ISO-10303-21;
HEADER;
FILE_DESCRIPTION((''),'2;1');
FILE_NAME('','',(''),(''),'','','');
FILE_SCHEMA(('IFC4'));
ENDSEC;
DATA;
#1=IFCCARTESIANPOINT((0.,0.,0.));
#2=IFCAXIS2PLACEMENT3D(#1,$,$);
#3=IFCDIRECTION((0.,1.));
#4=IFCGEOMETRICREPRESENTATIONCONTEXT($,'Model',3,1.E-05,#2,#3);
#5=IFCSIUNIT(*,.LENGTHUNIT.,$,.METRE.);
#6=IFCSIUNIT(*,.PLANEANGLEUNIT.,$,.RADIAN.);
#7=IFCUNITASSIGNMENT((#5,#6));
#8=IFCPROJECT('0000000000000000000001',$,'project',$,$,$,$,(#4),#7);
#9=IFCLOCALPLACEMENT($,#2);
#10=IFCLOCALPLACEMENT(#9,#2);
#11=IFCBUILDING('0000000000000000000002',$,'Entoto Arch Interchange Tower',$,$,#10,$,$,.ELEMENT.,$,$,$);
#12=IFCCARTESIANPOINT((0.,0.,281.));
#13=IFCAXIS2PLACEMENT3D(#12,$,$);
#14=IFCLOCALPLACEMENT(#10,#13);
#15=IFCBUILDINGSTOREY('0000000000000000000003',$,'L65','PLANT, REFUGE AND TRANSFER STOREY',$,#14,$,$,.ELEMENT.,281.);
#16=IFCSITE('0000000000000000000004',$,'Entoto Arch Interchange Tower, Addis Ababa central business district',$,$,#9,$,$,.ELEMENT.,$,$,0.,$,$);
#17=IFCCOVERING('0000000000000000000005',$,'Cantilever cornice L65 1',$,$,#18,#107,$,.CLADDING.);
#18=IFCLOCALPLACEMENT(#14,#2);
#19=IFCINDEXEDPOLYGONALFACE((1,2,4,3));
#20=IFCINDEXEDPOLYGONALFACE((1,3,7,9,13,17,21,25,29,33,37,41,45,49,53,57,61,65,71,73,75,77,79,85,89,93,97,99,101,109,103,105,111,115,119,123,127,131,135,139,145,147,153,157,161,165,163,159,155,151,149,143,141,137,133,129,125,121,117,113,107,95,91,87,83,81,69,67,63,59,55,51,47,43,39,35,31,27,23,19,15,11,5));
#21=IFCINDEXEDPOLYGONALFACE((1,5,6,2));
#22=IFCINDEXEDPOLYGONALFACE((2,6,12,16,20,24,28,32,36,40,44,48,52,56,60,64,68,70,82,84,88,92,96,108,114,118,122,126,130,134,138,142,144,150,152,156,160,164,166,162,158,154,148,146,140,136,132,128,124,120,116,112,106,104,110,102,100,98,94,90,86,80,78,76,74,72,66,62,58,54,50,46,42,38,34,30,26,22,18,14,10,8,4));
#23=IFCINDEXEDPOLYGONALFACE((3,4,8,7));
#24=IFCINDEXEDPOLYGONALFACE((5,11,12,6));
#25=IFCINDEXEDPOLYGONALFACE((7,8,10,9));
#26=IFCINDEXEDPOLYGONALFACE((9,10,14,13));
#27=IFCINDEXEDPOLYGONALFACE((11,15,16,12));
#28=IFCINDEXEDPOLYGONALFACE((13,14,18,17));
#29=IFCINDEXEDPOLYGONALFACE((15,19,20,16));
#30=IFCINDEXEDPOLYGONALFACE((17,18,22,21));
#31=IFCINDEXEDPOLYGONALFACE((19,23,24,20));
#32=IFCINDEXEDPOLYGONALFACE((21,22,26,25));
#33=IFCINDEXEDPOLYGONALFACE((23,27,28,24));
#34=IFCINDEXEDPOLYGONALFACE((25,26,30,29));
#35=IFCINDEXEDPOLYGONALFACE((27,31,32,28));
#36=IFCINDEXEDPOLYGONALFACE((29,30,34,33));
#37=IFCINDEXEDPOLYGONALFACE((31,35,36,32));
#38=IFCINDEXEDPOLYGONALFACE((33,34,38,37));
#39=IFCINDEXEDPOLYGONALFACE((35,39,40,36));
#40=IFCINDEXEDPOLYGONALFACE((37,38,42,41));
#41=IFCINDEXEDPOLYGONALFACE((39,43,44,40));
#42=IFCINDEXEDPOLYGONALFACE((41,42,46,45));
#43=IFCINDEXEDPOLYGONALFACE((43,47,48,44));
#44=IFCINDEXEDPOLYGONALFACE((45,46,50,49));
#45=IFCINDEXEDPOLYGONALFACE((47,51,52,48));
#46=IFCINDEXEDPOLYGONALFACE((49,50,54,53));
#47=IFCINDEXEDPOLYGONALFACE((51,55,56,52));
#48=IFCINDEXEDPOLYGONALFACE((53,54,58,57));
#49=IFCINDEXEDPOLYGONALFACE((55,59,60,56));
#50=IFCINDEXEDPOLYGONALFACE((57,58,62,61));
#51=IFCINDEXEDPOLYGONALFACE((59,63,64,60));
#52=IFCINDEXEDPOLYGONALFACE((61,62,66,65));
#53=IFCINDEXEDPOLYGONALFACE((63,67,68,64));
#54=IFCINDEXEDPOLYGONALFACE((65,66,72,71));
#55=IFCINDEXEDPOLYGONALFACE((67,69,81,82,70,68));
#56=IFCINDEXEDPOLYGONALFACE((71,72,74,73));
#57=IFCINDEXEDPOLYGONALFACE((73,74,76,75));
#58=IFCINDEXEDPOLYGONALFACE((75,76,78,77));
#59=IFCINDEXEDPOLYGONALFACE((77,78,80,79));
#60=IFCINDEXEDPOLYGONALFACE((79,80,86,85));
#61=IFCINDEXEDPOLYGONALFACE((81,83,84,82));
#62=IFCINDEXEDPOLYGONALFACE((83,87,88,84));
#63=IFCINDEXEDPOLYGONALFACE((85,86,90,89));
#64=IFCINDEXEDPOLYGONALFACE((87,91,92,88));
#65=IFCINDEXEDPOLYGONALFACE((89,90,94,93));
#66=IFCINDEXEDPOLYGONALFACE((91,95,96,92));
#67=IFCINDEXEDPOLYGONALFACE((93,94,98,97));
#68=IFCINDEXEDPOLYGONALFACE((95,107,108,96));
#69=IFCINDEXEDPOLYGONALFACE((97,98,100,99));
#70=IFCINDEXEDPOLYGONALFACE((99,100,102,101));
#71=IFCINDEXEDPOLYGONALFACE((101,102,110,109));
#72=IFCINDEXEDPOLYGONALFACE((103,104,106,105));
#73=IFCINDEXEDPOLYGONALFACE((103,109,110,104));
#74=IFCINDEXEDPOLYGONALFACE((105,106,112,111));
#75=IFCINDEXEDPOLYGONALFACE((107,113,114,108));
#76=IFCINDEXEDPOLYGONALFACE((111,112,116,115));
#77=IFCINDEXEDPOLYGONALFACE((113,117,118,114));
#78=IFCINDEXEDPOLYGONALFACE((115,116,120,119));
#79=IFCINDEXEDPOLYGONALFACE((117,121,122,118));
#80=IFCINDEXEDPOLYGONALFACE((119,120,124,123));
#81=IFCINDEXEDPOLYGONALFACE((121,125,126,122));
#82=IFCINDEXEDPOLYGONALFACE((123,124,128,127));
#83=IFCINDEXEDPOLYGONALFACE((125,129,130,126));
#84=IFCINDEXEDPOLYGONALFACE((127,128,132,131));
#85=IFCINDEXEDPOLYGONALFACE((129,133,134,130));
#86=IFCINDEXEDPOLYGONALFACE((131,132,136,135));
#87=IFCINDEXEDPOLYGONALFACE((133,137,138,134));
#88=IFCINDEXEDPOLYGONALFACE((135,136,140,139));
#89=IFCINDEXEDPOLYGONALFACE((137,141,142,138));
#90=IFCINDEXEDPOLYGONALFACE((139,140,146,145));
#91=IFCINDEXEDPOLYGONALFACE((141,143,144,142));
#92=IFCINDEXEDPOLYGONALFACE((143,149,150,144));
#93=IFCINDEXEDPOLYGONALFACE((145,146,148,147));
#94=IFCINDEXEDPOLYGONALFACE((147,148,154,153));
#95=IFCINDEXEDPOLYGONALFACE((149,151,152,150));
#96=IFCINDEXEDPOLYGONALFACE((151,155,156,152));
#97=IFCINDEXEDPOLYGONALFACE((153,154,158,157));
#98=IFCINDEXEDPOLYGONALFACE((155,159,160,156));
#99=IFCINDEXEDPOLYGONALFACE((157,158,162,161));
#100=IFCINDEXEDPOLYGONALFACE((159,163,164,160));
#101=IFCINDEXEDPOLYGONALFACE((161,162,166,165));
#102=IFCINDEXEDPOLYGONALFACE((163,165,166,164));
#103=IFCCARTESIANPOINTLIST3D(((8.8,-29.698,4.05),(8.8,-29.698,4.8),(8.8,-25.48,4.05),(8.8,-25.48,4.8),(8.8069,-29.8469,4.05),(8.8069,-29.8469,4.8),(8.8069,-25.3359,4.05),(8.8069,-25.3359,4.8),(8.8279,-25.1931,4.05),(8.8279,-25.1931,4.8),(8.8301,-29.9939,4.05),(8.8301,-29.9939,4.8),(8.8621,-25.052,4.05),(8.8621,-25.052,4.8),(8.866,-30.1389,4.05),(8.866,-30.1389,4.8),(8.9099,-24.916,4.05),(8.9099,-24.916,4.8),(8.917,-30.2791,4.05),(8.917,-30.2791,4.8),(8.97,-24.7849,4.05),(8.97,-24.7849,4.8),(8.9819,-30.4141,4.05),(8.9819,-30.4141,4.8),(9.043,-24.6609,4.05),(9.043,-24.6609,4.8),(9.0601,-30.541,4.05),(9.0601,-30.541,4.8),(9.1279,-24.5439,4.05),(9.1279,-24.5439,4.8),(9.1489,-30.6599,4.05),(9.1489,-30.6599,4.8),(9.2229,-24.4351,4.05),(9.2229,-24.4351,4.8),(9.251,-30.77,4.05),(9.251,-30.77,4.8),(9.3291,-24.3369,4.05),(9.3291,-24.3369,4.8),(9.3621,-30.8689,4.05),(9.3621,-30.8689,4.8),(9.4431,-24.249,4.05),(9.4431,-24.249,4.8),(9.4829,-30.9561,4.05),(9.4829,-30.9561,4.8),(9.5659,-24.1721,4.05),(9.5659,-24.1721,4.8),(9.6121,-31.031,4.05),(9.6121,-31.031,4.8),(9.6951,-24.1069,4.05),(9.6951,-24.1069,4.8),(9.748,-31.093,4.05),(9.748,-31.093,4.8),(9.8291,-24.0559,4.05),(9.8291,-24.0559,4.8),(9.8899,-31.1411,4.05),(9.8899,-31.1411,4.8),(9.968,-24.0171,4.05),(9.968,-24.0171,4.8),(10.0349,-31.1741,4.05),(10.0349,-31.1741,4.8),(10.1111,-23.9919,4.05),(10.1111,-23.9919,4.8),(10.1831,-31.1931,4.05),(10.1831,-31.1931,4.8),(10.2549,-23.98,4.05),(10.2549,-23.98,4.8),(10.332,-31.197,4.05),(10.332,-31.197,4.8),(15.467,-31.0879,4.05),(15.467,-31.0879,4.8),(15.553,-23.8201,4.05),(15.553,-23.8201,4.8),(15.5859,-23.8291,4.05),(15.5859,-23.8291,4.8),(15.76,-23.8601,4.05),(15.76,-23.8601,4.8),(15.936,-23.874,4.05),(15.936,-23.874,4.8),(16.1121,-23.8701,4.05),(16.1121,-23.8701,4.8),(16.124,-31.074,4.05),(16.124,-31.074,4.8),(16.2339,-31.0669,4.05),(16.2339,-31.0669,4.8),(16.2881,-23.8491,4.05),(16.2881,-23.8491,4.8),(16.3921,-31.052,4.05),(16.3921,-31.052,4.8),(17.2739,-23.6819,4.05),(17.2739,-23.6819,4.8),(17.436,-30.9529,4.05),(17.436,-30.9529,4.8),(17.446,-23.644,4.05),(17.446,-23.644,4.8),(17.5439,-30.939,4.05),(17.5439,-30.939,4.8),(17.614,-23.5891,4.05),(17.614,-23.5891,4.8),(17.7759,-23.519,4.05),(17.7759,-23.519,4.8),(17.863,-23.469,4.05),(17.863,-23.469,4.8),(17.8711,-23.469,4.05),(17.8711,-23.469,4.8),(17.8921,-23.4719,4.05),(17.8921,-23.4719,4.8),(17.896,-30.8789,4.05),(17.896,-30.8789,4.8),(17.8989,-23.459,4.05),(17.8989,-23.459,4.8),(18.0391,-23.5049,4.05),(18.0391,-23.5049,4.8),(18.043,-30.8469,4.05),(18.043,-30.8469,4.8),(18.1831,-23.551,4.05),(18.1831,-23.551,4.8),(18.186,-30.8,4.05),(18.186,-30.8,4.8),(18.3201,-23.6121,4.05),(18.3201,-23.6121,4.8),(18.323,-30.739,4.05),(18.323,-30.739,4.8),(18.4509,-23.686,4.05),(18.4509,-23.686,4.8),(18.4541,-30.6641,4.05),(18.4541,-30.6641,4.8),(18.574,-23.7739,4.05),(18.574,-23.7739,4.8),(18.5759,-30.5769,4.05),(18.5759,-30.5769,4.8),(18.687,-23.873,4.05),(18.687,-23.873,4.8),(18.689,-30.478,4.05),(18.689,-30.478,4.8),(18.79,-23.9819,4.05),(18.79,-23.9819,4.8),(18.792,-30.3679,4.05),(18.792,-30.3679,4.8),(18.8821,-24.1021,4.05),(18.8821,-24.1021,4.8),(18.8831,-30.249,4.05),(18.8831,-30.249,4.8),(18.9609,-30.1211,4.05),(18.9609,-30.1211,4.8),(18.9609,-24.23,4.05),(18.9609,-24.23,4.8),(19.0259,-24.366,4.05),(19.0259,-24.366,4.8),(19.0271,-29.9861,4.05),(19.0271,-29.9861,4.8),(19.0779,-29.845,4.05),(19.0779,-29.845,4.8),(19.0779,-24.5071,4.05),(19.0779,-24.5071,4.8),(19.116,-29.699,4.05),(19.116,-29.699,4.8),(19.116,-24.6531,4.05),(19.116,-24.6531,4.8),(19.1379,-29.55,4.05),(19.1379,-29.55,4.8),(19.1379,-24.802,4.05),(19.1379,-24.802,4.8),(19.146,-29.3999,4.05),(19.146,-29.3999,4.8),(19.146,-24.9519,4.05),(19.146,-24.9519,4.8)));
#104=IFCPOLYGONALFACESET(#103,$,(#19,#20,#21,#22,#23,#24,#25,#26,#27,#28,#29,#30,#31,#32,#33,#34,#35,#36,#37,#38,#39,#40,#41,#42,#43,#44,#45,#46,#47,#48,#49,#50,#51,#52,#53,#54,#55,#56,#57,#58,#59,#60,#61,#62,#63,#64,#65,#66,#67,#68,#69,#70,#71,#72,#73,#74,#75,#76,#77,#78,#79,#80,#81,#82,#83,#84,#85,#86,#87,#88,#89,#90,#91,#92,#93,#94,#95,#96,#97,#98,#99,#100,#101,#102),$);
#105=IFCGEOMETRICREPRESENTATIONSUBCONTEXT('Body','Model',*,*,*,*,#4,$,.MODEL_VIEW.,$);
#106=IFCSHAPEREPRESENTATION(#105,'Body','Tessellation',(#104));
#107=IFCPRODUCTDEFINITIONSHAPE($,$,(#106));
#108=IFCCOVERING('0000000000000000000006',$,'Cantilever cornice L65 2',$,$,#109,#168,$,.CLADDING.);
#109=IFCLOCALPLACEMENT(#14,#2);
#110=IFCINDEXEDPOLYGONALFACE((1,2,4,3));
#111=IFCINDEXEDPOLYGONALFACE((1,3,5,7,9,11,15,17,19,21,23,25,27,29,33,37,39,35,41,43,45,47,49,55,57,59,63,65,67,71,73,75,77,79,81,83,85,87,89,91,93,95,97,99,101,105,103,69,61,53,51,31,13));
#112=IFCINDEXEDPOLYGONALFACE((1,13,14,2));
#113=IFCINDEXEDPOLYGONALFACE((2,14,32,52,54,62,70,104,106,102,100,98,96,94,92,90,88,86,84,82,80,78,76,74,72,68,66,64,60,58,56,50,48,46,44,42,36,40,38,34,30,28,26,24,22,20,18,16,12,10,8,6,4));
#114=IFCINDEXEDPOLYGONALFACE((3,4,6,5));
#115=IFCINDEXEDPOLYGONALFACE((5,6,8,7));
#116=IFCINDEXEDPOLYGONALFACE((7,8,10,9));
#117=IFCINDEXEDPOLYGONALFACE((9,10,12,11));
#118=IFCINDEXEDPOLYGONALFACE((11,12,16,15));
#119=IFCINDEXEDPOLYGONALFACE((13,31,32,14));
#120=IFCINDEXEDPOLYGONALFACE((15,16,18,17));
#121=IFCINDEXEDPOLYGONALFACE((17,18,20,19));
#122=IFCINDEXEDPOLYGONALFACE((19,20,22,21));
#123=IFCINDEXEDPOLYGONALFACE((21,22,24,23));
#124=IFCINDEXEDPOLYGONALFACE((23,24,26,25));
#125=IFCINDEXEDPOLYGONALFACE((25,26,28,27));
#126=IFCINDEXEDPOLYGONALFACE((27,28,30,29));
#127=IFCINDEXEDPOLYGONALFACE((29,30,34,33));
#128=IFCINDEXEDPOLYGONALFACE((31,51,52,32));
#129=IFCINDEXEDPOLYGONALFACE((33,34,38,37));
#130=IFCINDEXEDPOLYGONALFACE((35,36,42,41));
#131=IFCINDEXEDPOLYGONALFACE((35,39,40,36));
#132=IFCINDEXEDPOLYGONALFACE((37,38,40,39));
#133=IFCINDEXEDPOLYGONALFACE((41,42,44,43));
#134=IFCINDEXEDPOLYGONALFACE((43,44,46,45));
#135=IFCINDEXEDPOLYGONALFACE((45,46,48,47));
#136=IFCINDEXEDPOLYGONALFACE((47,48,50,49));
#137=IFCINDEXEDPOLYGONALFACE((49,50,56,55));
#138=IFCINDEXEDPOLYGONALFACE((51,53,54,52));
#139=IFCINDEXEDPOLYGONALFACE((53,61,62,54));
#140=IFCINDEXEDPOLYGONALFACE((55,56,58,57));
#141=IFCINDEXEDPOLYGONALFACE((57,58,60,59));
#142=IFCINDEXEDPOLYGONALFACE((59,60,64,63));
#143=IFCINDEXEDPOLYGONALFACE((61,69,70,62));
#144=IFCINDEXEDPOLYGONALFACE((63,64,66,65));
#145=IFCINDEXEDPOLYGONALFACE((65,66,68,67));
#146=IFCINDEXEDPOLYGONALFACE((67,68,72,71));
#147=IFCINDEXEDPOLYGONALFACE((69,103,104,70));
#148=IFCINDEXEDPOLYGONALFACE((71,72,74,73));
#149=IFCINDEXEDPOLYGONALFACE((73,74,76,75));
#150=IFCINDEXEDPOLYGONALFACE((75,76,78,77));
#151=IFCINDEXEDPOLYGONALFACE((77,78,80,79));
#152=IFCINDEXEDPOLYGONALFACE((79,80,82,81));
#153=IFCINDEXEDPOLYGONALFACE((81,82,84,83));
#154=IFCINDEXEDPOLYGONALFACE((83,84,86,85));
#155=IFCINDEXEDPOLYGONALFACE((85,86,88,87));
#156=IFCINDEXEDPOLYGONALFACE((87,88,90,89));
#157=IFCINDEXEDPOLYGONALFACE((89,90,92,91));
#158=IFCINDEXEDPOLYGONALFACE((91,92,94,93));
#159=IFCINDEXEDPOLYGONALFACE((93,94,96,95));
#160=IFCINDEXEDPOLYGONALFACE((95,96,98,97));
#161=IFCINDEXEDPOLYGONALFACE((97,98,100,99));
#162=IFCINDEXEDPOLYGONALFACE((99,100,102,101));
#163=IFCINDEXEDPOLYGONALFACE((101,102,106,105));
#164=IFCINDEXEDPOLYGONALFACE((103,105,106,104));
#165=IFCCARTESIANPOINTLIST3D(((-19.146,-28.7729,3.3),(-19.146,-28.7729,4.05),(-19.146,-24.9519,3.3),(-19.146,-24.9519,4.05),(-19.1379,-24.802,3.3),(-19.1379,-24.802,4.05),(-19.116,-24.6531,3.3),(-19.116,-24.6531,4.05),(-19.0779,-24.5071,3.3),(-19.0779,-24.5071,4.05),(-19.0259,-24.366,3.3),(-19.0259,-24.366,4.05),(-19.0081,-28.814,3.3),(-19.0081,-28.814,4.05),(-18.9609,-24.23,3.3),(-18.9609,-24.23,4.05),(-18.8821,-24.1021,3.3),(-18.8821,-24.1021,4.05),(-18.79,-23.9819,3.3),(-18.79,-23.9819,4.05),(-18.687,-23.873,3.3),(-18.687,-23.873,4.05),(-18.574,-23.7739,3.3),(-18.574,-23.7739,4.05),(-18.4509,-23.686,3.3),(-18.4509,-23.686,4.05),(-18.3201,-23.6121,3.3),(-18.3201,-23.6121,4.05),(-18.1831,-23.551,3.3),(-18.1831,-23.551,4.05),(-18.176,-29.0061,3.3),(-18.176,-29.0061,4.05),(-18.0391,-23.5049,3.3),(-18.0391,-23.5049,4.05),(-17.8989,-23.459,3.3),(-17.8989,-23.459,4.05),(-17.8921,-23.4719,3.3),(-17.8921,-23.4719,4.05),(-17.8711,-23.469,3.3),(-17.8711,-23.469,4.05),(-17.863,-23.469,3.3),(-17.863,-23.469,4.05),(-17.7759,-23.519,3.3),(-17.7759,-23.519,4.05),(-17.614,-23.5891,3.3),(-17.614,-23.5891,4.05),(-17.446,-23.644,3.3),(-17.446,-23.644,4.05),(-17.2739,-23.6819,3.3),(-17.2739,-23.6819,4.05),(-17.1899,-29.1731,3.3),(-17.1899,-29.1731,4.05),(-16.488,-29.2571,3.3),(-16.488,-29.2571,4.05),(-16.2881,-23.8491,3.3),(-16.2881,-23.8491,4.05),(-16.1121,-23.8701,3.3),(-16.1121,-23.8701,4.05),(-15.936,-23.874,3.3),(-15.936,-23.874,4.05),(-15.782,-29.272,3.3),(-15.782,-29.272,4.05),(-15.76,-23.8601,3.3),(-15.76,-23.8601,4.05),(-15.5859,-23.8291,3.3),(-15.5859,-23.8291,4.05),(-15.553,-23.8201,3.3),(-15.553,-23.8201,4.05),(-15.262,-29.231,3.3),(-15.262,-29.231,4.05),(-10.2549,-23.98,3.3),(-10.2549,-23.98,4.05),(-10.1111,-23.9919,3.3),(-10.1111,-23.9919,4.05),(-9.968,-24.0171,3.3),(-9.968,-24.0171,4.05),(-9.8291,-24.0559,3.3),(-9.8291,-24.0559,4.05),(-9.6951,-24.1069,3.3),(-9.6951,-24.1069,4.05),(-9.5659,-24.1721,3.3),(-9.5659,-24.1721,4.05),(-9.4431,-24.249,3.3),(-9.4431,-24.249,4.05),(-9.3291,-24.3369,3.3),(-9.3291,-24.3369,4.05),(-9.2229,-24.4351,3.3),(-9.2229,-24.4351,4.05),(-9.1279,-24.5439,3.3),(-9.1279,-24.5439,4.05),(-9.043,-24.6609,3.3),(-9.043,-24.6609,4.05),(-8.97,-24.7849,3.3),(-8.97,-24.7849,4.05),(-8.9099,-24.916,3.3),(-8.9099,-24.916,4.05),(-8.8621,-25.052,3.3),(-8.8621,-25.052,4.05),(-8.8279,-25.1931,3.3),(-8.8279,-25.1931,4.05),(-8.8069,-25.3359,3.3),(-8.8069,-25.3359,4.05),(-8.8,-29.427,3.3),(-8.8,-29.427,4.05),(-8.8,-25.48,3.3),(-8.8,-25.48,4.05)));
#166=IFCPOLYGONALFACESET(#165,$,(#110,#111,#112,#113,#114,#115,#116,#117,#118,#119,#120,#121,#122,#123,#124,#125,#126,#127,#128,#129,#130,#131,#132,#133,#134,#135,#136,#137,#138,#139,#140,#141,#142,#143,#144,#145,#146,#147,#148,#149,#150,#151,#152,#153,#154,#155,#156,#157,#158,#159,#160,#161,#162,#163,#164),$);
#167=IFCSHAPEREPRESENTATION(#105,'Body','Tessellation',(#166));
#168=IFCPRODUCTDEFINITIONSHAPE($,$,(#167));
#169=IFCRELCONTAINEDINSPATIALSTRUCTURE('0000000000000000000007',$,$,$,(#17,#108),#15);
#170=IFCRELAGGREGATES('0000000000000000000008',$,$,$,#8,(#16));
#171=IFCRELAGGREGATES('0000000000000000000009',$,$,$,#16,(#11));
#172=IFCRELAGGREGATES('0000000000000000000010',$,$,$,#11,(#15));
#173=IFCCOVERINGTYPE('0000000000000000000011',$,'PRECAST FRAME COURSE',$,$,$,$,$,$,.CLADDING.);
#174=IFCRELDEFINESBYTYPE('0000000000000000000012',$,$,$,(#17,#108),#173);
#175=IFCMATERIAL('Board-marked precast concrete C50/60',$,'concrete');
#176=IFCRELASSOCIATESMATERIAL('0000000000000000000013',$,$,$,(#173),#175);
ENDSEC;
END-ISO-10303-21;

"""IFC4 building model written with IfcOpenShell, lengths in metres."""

from ifc_helpers import new_model, si_unit, direction, frame, origin, place, context, subcontext, project, spatial, polyline, outline, extrude, material, type_object, element, save


model = new_model("IFC4")

# Units and contexts
model_context = context("Model", 3, precision=1e-05, world=origin(), true_north=direction((0.0, 1.0)))
body_context = subcontext(model_context, "Body", "Model", "MODEL_VIEW")
ifc_project = project(units=[si_unit("LENGTHUNIT", "METRE"), si_unit("PLANEANGLEUNIT", "RADIAN")], contexts=[model_context])

# Site, building, storey
site_placement = place(None, origin())
site = spatial("IfcSite", under=ifc_project, at=site_placement, Name="Entoto Arch Interchange Tower, Addis Ababa central business district", CompositionType="ELEMENT", RefElevation=0.0)
building_placement = place(site_placement, origin())
building = spatial("IfcBuilding", under=site, at=building_placement, Name="Entoto Arch Interchange Tower", CompositionType="ELEMENT")
storey_placement = place(building_placement, frame((0.0, 0.0, 281.0)))
storey = spatial("IfcBuildingStorey", under=building, at=storey_placement, Name="L65", Description="PLANT, REFUGE AND TRANSFER STOREY", CompositionType="ELEMENT", Elevation=281.0)

# Coverings
ifc_material_1 = material(Name="Board-marked precast concrete C50/60", Category="concrete")
covering_type_1 = type_object("IfcCoveringType", Name="PRECAST FRAME COURSE", PredefinedType="CLADDING", material=ifc_material_1)
covering_1_placement = place(storey_placement, frame((0.0, 0.0, 4.05)))
element("IfcCovering", 1, at=covering_1_placement, inside=storey, type_object=covering_type_1, Name="Cantilever cornice L65 1", PredefinedType="CLADDING", context=body_context, shape_type="SweptSolid", body=[
    extrude(outline(polyline([(18.1831, -23.551), (18.3201, -23.6121), (18.4509, -23.686), (18.574, -23.7739), (18.687, -23.873), (18.79, -23.9819), (18.8821, -24.1021), (18.9609, -24.23), (19.0259, -24.366), (19.0779, -24.5071), (19.116, -24.6531), (19.1379, -24.802), (19.146, -24.9519), (19.146, -29.3999), (19.1379, -29.55), (19.116, -29.699), (19.0779, -29.845), (19.0271, -29.9861), (18.9609, -30.1211), (18.8831, -30.249), (18.792, -30.3679), (18.689, -30.478), (18.5759, -30.5769), (18.4541, -30.6641), (18.323, -30.739), (18.186, -30.8), (18.043, -30.8469), (17.896, -30.8789), (17.5439, -30.939), (17.436, -30.9529), (16.3921, -31.052), (16.2339, -31.0669), (16.124, -31.074), (15.467, -31.0879), (10.332, -31.197), (10.1831, -31.1931), (10.0349, -31.1741), (9.8899, -31.1411), (9.748, -31.093), (9.6121, -31.031), (9.4829, -30.9561), (9.3621, -30.8689), (9.251, -30.77), (9.1489, -30.6599), (9.0601, -30.541), (8.9819, -30.4141), (8.917, -30.2791), (8.866, -30.1389), (8.8301, -29.9939), (8.8069, -29.8469), (8.8, -29.698), (8.8, -25.48), (8.8069, -25.3359), (8.8279, -25.1931), (8.8621, -25.052), (8.9099, -24.916), (8.97, -24.7849), (9.043, -24.6609), (9.1279, -24.5439), (9.2229, -24.4351), (9.3291, -24.3369), (9.4431, -24.249), (9.5659, -24.1721), (9.6951, -24.1069), (9.8291, -24.0559), (9.968, -24.0171), (10.1111, -23.9919), (10.2549, -23.98), (15.553, -23.8201), (15.5859, -23.8291), (15.76, -23.8601), (15.936, -23.874), (16.1121, -23.8701), (16.2881, -23.8491), (17.2739, -23.6819), (17.446, -23.644), (17.614, -23.5891), (17.7759, -23.519), (17.863, -23.469), (17.8989, -23.459), (17.8711, -23.469), (17.8921, -23.4719), (18.0391, -23.5049), (18.1831, -23.551)])), origin(), (0.0, 0.0, 1.0), 0.75),
])
covering_2_placement = place(storey_placement, frame((0.0, 0.0, 3.3)))
element("IfcCovering", 2, at=covering_2_placement, inside=storey, type_object=covering_type_1, Name="Cantilever cornice L65 2", PredefinedType="CLADDING", context=body_context, shape_type="SweptSolid", body=[
    extrude(outline(polyline([(-9.6951, -24.1069), (-9.5659, -24.1721), (-9.4431, -24.249), (-9.3291, -24.3369), (-9.2229, -24.4351), (-9.1279, -24.5439), (-9.043, -24.6609), (-8.97, -24.7849), (-8.9099, -24.916), (-8.8621, -25.052), (-8.8279, -25.1931), (-8.8069, -25.3359), (-8.8, -25.48), (-8.8, -29.427), (-15.262, -29.231), (-15.782, -29.272), (-16.488, -29.2571), (-17.1899, -29.1731), (-18.176, -29.0061), (-19.0081, -28.814), (-19.146, -28.7729), (-19.146, -24.9519), (-19.1379, -24.802), (-19.116, -24.6531), (-19.0779, -24.5071), (-19.0259, -24.366), (-18.9609, -24.23), (-18.8821, -24.1021), (-18.79, -23.9819), (-18.687, -23.873), (-18.574, -23.7739), (-18.4509, -23.686), (-18.3201, -23.6121), (-18.1831, -23.551), (-18.0391, -23.5049), (-17.8921, -23.4719), (-17.8711, -23.469), (-17.8989, -23.459), (-17.863, -23.469), (-17.7759, -23.519), (-17.614, -23.5891), (-17.446, -23.644), (-17.2739, -23.6819), (-16.2881, -23.8491), (-16.1121, -23.8701), (-15.936, -23.874), (-15.76, -23.8601), (-15.5859, -23.8291), (-15.553, -23.8201), (-10.2549, -23.98), (-10.2549, -23.98), (-10.1111, -23.9919), (-9.968, -24.0171), (-9.8291, -24.0559), (-9.6951, -24.1069)])), origin(), (0.0, 0.0, 1.0), 0.75),
])

save(model, "model.ifc")
